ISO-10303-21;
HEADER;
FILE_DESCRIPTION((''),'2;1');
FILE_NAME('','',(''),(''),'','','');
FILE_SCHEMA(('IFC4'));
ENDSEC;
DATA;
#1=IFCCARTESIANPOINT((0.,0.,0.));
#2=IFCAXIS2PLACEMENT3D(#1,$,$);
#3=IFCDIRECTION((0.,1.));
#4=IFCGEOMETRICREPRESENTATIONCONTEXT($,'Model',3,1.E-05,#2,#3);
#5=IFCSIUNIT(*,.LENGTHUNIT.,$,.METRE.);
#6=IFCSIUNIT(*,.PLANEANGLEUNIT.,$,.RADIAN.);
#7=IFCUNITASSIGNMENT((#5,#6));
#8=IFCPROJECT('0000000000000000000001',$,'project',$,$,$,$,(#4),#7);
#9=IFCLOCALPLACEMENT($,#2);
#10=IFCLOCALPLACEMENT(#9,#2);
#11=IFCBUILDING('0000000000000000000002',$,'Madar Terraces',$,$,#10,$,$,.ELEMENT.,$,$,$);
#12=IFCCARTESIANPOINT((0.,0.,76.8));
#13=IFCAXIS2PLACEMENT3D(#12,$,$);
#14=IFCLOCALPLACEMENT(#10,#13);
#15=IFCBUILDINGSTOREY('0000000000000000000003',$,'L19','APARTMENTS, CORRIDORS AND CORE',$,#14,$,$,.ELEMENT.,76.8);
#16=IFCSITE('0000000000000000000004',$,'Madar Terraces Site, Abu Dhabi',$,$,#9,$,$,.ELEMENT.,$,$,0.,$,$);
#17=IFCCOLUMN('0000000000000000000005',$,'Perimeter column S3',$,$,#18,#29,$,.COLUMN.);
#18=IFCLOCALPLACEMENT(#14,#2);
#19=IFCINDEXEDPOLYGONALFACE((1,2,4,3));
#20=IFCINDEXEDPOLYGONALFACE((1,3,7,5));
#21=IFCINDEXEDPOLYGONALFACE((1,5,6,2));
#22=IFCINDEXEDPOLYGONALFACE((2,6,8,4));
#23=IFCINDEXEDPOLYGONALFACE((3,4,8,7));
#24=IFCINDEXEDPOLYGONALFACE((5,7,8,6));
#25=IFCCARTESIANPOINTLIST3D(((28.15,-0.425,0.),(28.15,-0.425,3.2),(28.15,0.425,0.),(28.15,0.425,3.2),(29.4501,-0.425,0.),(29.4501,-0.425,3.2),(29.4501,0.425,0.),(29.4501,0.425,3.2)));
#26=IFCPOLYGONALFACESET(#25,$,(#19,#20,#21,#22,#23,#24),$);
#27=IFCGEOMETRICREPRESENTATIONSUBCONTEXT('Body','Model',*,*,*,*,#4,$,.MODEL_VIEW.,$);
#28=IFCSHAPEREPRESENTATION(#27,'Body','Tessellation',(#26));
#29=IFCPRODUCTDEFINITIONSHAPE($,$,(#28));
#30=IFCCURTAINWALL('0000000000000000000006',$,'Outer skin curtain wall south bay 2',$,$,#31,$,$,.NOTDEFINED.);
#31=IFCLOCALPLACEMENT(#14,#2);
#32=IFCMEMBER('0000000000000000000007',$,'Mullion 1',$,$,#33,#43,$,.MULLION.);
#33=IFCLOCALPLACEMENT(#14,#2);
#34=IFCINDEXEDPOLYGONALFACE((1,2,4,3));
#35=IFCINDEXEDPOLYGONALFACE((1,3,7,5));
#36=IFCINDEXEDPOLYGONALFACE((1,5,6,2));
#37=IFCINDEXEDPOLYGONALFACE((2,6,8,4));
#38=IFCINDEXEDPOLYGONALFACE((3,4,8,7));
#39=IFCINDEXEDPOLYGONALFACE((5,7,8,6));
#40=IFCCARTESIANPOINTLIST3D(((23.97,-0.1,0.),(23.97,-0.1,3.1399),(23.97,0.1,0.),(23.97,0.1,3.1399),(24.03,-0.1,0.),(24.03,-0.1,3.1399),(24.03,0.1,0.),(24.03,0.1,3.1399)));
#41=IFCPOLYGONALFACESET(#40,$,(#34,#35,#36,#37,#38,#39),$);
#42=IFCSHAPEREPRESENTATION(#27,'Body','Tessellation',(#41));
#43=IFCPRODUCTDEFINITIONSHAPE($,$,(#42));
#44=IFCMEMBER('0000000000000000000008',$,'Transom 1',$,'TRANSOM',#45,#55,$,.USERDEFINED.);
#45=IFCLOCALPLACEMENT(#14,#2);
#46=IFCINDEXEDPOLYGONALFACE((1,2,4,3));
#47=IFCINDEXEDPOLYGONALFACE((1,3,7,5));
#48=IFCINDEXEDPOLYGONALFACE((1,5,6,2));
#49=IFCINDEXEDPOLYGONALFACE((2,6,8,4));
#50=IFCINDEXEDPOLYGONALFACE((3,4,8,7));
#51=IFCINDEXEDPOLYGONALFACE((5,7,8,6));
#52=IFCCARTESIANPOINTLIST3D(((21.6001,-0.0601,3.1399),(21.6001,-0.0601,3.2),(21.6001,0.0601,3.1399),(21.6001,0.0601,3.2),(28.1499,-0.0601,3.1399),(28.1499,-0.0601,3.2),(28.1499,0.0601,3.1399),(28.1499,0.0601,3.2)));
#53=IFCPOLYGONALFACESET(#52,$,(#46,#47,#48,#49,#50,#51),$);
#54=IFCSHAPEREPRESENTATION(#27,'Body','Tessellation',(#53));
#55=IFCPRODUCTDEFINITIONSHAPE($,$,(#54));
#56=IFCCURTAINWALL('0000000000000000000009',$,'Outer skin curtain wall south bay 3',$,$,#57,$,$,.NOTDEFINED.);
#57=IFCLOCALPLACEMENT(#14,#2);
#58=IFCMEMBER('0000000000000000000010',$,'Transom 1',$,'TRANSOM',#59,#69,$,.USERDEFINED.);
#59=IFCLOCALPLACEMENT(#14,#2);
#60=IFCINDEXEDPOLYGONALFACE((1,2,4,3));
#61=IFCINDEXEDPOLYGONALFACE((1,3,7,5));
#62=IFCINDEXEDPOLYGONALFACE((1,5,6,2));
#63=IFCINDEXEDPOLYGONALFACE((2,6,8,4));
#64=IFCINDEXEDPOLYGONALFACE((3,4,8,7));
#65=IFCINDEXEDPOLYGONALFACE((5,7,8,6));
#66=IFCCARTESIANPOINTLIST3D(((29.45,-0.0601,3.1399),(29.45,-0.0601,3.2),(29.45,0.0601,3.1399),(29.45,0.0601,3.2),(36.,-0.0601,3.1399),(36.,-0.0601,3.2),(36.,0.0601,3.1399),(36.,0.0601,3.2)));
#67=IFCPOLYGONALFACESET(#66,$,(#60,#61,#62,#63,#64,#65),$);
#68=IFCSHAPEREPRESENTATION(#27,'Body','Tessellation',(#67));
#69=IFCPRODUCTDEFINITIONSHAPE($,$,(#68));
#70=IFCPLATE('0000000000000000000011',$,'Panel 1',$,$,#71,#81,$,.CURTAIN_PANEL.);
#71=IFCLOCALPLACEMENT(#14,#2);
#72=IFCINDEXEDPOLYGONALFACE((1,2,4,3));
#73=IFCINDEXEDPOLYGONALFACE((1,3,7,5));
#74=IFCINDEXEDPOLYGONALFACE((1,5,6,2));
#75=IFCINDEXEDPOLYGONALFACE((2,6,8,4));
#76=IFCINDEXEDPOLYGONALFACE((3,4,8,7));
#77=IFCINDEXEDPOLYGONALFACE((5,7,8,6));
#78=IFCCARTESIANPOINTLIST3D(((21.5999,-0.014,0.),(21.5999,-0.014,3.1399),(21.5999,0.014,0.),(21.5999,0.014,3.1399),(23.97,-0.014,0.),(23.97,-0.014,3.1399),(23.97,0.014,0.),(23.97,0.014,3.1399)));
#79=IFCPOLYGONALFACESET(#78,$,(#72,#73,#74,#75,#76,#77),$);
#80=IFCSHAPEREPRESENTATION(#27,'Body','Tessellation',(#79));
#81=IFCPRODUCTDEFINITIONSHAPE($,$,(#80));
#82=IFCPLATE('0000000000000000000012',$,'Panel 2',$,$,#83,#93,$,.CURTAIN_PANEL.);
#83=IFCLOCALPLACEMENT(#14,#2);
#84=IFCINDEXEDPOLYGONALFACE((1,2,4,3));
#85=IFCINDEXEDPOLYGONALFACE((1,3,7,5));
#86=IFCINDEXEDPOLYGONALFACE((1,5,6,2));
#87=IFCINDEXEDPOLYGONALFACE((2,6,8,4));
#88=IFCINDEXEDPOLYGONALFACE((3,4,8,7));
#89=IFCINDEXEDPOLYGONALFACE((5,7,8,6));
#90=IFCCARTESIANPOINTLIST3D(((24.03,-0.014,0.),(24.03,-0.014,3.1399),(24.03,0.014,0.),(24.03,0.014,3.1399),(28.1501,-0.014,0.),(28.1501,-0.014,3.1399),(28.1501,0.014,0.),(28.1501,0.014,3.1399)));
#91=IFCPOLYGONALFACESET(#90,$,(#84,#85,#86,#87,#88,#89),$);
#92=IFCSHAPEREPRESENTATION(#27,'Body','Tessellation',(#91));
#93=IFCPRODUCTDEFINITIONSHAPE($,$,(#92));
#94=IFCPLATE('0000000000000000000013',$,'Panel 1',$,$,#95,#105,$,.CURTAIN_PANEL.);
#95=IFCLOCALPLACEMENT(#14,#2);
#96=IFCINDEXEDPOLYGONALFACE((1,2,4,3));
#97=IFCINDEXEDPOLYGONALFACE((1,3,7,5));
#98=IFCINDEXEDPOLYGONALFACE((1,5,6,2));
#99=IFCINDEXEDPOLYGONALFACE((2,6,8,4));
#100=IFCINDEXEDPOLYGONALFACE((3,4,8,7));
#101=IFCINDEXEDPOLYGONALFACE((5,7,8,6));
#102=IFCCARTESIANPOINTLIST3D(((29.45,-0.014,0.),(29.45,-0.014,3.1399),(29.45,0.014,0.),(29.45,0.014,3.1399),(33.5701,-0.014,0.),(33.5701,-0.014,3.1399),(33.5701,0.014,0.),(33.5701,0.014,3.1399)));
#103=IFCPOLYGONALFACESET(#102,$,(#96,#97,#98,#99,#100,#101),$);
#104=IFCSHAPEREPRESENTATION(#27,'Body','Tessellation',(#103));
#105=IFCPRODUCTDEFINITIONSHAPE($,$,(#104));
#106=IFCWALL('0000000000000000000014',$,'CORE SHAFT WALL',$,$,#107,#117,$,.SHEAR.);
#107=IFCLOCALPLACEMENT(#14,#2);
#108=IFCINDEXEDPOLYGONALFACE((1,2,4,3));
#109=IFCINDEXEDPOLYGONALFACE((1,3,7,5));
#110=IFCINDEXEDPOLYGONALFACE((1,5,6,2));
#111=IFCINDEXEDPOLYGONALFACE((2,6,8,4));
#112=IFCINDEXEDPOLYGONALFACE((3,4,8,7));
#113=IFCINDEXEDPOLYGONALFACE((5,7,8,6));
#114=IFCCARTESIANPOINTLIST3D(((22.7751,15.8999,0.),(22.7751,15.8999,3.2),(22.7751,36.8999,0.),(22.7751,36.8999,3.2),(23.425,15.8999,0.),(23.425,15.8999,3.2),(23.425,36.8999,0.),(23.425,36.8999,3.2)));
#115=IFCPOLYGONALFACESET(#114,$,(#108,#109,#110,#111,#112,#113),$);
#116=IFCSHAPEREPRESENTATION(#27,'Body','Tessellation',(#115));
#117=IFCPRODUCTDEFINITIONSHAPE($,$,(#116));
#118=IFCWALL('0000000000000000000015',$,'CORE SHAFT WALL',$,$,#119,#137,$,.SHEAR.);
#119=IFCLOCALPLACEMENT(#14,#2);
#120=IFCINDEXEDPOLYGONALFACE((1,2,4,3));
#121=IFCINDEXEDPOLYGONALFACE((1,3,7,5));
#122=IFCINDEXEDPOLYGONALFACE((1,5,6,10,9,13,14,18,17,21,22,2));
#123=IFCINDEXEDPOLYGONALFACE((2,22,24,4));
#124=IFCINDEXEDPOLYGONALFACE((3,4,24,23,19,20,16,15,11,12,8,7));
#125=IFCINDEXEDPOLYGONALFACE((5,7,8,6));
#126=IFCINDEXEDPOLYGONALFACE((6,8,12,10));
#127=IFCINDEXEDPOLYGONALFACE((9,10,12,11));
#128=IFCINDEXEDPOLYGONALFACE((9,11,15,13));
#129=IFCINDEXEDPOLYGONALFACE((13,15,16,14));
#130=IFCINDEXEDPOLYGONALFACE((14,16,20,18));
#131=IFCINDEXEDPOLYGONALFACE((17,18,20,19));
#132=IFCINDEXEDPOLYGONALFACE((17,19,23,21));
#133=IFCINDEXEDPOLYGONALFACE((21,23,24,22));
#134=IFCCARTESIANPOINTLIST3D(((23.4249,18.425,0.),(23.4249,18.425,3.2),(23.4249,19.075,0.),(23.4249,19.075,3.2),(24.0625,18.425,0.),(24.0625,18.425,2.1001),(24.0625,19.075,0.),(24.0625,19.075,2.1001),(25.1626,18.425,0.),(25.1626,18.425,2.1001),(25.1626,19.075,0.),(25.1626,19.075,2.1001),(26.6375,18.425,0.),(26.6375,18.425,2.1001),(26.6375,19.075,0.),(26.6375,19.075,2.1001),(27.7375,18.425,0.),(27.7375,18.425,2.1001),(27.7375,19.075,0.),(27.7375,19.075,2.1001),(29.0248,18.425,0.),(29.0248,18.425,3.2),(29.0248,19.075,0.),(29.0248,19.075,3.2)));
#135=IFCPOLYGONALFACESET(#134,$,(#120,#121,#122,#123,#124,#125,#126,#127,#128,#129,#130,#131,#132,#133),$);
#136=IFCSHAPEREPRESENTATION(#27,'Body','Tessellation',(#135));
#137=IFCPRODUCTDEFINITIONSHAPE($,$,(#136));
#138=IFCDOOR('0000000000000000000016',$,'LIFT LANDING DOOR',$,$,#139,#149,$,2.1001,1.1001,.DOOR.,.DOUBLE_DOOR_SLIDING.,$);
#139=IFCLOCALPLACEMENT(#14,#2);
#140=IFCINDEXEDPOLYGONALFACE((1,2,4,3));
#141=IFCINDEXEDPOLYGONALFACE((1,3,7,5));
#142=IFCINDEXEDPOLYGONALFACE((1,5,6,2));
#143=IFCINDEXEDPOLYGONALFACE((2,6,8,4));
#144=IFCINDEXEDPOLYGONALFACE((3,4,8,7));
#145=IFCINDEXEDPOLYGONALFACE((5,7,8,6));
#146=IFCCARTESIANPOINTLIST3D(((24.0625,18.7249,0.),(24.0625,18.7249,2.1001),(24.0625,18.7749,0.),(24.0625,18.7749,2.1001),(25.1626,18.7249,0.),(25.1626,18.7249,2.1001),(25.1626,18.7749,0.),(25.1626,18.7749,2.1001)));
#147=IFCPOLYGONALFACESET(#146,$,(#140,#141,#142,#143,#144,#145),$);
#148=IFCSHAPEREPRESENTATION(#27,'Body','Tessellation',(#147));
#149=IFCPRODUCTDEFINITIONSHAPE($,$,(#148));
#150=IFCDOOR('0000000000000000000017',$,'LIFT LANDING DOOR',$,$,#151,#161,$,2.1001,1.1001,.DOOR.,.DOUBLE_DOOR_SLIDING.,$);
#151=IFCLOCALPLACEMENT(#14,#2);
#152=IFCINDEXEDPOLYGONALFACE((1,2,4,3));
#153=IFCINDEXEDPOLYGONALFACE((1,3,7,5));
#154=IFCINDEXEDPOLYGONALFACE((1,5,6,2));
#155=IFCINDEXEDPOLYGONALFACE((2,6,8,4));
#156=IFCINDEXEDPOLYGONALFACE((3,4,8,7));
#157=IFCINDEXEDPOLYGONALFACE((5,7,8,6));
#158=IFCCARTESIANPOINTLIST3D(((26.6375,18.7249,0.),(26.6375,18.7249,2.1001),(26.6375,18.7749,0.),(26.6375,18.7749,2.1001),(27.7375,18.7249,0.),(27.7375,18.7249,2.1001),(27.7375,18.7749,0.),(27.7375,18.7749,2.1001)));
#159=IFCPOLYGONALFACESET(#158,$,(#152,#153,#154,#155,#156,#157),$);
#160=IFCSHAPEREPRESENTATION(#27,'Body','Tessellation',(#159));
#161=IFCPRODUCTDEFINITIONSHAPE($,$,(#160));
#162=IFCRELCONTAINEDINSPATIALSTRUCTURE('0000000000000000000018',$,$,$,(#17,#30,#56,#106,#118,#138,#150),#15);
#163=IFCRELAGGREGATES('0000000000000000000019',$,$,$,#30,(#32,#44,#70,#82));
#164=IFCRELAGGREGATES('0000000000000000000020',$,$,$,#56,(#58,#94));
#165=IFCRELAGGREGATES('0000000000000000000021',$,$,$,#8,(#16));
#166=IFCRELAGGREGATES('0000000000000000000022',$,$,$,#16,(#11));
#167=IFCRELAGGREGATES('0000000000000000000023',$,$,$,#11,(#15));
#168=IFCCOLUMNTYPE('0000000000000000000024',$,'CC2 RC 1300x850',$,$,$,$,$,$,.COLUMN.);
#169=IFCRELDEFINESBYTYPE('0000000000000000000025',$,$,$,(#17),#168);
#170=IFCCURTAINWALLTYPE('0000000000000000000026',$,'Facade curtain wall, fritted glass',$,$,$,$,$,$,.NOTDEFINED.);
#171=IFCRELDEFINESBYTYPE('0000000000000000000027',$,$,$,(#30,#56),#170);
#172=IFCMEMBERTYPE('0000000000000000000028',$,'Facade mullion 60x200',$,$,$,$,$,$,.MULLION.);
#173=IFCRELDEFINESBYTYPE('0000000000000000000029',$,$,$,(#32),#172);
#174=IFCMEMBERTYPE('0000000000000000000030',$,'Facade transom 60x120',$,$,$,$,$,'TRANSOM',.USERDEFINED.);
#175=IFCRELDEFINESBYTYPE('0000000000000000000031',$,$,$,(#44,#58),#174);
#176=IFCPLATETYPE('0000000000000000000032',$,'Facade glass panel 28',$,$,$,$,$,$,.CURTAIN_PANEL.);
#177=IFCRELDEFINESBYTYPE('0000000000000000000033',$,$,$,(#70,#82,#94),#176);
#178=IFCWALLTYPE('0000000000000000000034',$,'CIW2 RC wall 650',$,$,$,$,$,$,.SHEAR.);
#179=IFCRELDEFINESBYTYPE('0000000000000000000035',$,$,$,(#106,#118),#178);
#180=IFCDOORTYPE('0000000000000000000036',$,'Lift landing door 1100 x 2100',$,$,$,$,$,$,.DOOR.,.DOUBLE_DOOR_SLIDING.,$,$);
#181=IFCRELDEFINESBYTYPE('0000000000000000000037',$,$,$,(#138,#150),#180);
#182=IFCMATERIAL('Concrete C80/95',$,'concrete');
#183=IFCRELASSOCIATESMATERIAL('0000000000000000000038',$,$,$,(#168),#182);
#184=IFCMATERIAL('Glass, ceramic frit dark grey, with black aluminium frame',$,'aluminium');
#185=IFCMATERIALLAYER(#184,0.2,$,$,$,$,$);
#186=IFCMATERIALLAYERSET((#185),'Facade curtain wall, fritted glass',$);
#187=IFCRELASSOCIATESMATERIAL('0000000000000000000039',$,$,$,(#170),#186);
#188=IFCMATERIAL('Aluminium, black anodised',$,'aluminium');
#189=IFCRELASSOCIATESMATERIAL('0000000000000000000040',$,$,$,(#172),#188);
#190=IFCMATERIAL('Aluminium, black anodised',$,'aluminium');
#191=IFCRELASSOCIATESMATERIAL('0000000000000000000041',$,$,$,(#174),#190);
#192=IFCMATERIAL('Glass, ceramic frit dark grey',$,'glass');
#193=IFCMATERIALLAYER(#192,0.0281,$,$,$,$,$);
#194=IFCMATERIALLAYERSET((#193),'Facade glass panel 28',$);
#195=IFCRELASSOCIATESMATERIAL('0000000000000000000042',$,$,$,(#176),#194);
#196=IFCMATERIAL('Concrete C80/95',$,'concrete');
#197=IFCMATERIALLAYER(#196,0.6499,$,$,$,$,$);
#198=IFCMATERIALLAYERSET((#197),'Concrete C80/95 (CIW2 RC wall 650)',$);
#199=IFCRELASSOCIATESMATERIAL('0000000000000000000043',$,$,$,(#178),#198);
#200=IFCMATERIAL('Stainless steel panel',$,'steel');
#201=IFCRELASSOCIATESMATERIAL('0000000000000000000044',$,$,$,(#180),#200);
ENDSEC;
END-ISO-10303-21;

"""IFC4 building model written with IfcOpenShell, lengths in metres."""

from ifc_helpers import new_model, si_unit, direction, frame, frame_2d, origin, origin_2d, place, context, subcontext, project, spatial, rectangle, extrude, material, layer, layer_set, material_profile, profile_set, type_object, element, fill, aggregate, save


model = new_model("IFC4")

# Units and contexts
model_context = context("Model", 3, precision=1e-05, world=origin(), true_north=direction((0.0, 1.0)))
body_context = subcontext(model_context, "Body", "Model", "MODEL_VIEW")
ifc_project = project(units=[si_unit("LENGTHUNIT", "METRE"), si_unit("PLANEANGLEUNIT", "RADIAN")], contexts=[model_context])

# Site, building, storey
site_placement = place(None, origin())
site = spatial("IfcSite", under=ifc_project, at=site_placement, Name="Madar Terraces Site, Abu Dhabi", CompositionType="ELEMENT", RefElevation=0.0)
building_placement = place(site_placement, origin())
building = spatial("IfcBuilding", under=site, at=building_placement, Name="Madar Terraces", CompositionType="ELEMENT")
storey_placement = place(building_placement, frame((0.0, 0.0, 76.8)))
storey = spatial("IfcBuildingStorey", under=building, at=storey_placement, Name="L19", Description="APARTMENTS, CORRIDORS AND CORE", CompositionType="ELEMENT", Elevation=76.8)

# Column
ifc_material_1 = material(Name="Concrete C80/95", Category="concrete")
ifc_material_profile_1 = material_profile(ifc_material_1, rectangle(XDim=1.3, YDim=0.8501, at=origin_2d()), Name="CC2 RC 1300x850")
ifc_profile_set_1 = profile_set([ifc_material_profile_1], Name="Concrete C80/95")
column_type = type_object("IfcColumnType", Name="CC2 RC 1300x850", PredefinedType="COLUMN", material=ifc_profile_set_1)
column_placement = place(storey_placement, frame((28.8, 0.0, 0.0), z_axis=(0.0, 0.0, 1.0), x_axis=(1.0, 0.0, 0.0)))
element("IfcColumn", 1, at=column_placement, inside=storey, type_object=column_type, Name="Perimeter column S3", PredefinedType="COLUMN", context=body_context, shape_type="SweptSolid", body=[
    extrude(rectangle(XDim=1.3, YDim=0.8501, at=origin_2d()), origin(), (0.0, 0.0, 1.0), 3.2),
])

# Curtain wall, members
ifc_material_2 = material(Name="Glass, ceramic frit dark grey, with black aluminium frame", Category="aluminium")
ifc_layer_1 = layer(ifc_material_2, 0.2)
ifc_layer_set_1 = layer_set([ifc_layer_1], Name="Facade curtain wall, fritted glass")
curtain_wall_type = type_object("IfcCurtainWallType", Name="Facade curtain wall, fritted glass", PredefinedType="NOTDEFINED", material=ifc_layer_set_1)
curtain_wall_1_placement = place(storey_placement, origin())
curtain_wall_1 = element("IfcCurtainWall", 2, at=curtain_wall_1_placement, inside=storey, type_object=curtain_wall_type, Name="Outer skin curtain wall south bay 2", PredefinedType="NOTDEFINED")
ifc_material_3 = material(Name="Aluminium, black anodised", Category="aluminium")
ifc_material_profile_2 = material_profile(ifc_material_3, rectangle(XDim=0.2, YDim=0.0601, at=origin_2d()), Name="Facade mullion 60x200")
ifc_profile_set_2 = profile_set([ifc_material_profile_2], Name="Aluminium, black anodised")
member_type_1 = type_object("IfcMemberType", Name="Facade mullion 60x200", PredefinedType="MULLION", material=ifc_profile_set_2)
member_1_placement = place(storey_placement, frame((24.0, 0.0, 0.0), z_axis=(0.0, 0.0, 1.0), x_axis=(0.0, 1.0, 0.0)))
member_1 = element("IfcMember", 3, at=member_1_placement, type_object=member_type_1, Name="Mullion 1", PredefinedType="MULLION", context=body_context, shape_type="SweptSolid", body=[
    extrude(rectangle(XDim=0.2, YDim=0.0601, at=origin_2d()), origin(), (0.0, 0.0, 1.0), 3.1399),
])
ifc_material_4 = material(Name="Aluminium, black anodised", Category="aluminium")
ifc_material_profile_3 = material_profile(ifc_material_4, rectangle(XDim=0.1201, YDim=0.0601, at=origin_2d()), Name="Facade transom 60x120")
ifc_profile_set_3 = profile_set([ifc_material_profile_3], Name="Aluminium, black anodised")
member_type_2 = type_object("IfcMemberType", Name="Facade transom 60x120", ElementType="TRANSOM", PredefinedType="USERDEFINED", material=ifc_profile_set_3)
member_2_placement = place(storey_placement, frame((21.6001, 0.0, 3.1699), z_axis=(1.0, 0.0, 0.0), x_axis=(0.0, 1.0, 0.0)))
member_2 = element("IfcMember", 4, at=member_2_placement, type_object=member_type_2, Name="Transom 1", ObjectType="TRANSOM", PredefinedType="USERDEFINED", context=body_context, shape_type="SweptSolid", body=[
    extrude(rectangle(XDim=0.1201, YDim=0.0601, at=origin_2d()), origin(), (0.0, 0.0, 1.0), 6.5498),
])

# Curtain wall, member
curtain_wall_2_placement = place(storey_placement, origin())
curtain_wall_2 = element("IfcCurtainWall", 5, at=curtain_wall_2_placement, inside=storey, type_object=curtain_wall_type, Name="Outer skin curtain wall south bay 3", PredefinedType="NOTDEFINED")
member_3_placement = place(storey_placement, frame((29.45, 0.0, 3.1699), z_axis=(1.0, 0.0, 0.0), x_axis=(0.0, 1.0, 0.0)))
member_3 = element("IfcMember", 6, at=member_3_placement, type_object=member_type_2, Name="Transom 1", ObjectType="TRANSOM", PredefinedType="USERDEFINED", context=body_context, shape_type="SweptSolid", body=[
    extrude(rectangle(XDim=0.1201, YDim=0.0601, at=origin_2d()), origin(), (0.0, 0.0, 1.0), 6.55),
])

# Plates
ifc_material_5 = material(Name="Glass, ceramic frit dark grey", Category="glass")
ifc_layer_2 = layer(ifc_material_5, 0.0281)
ifc_layer_set_2 = layer_set([ifc_layer_2], Name="Facade glass panel 28")
plate_type = type_object("IfcPlateType", Name="Facade glass panel 28", PredefinedType="CURTAIN_PANEL", material=ifc_layer_set_2)
plate_1_placement = place(storey_placement, frame((22.7849, 0.0, 0.0), z_axis=(0.0, 0.0, 1.0), x_axis=(1.0, 0.0, 0.0)))
plate_1 = element("IfcPlate", 7, at=plate_1_placement, type_object=plate_type, Name="Panel 1", PredefinedType="CURTAIN_PANEL", context=body_context, shape_type="SweptSolid", body=[
    extrude(rectangle(XDim=2.3701, YDim=0.0281, at=origin_2d()), origin(), (0.0, 0.0, 1.0), 3.1399),
])
plate_2_placement = place(storey_placement, frame((26.0901, 0.0, 0.0), z_axis=(0.0, 0.0, 1.0), x_axis=(1.0, 0.0, 0.0)))
plate_2 = element("IfcPlate", 8, at=plate_2_placement, type_object=plate_type, Name="Panel 2", PredefinedType="CURTAIN_PANEL", context=body_context, shape_type="SweptSolid", body=[
    extrude(rectangle(XDim=4.1201, YDim=0.0281, at=origin_2d()), origin(), (0.0, 0.0, 1.0), 3.1399),
])
aggregate(curtain_wall_1, [member_1, member_2, plate_1, plate_2])
plate_3_placement = place(storey_placement, frame((31.51, 0.0, 0.0), z_axis=(0.0, 0.0, 1.0), x_axis=(1.0, 0.0, 0.0)))
plate_3 = element("IfcPlate", 9, at=plate_3_placement, type_object=plate_type, Name="Panel 1", PredefinedType="CURTAIN_PANEL", context=body_context, shape_type="SweptSolid", body=[
    extrude(rectangle(XDim=4.1201, YDim=0.0281, at=origin_2d()), origin(), (0.0, 0.0, 1.0), 3.1399),
])
aggregate(curtain_wall_2, [member_3, plate_3])

# Wall
ifc_material_6 = material(Name="Concrete C80/95", Category="concrete")
ifc_layer_3 = layer(ifc_material_6, 0.6499)
ifc_layer_set_3 = layer_set([ifc_layer_3], Name="Concrete C80/95 (CIW2 RC wall 650)")
wall_type_1 = type_object("IfcWallType", Name="CIW2 RC wall 650", PredefinedType="SHEAR", material=ifc_layer_set_3)
wall_1_placement = place(storey_placement, frame((23.1001, 15.8999, 0.0), z_axis=(0.0, 0.0, 1.0), x_axis=(0.0, 1.0, 0.0)))
element("IfcWall", 10, at=wall_1_placement, inside=storey, type_object=wall_type_1, Name="CORE SHAFT WALL", PredefinedType="SHEAR", context=body_context, shape_type="SweptSolid", body=[
    extrude(rectangle(XDim=21.0, YDim=0.6499, at=frame_2d((10.5, 0.0))), origin(), (0.0, 0.0, 1.0), 3.2),
])

# Wall, openings, doors
wall_2_placement = place(storey_placement, frame((23.425, 18.75, 0.0), z_axis=(0.0, 0.0, 1.0), x_axis=(1.0, 0.0, 0.0)))
wall_2 = element("IfcWall", 11, at=wall_2_placement, inside=storey, type_object=wall_type_1, Name="CORE SHAFT WALL", PredefinedType="SHEAR", context=body_context, shape_type="SweptSolid", body=[
    extrude(rectangle(XDim=5.5999, YDim=0.6499, at=frame_2d((2.7998, 0.0))), origin(), (0.0, 0.0, 1.0), 3.2),
])
opening_1_placement = place(wall_2_placement, frame((0.6375, 0.0, 0.0)))
opening_1 = element("IfcOpeningElement", 12, at=opening_1_placement, cuts=wall_2, PredefinedType="OPENING", context=body_context, shape_type="SweptSolid", body=[
    extrude(rectangle(XDim=1.1001, YDim=2.1001, at=frame_2d((0.55, 1.05))), frame((0.0, 0.335, 0.0), z_axis=(0.0, -1.0, 0.0), x_axis=(1.0, 0.0, 0.0)), (0.0, 0.0, 1.0), 0.6699),
])
opening_2_placement = place(wall_2_placement, frame((3.2124, 0.0, 0.0)))
opening_2 = element("IfcOpeningElement", 13, at=opening_2_placement, cuts=wall_2, PredefinedType="OPENING", context=body_context, shape_type="SweptSolid", body=[
    extrude(rectangle(XDim=1.1001, YDim=2.1001, at=frame_2d((0.55, 1.05))), frame((0.0, 0.335, 0.0), z_axis=(0.0, -1.0, 0.0), x_axis=(1.0, 0.0, 0.0)), (0.0, 0.0, 1.0), 0.6699),
])
ifc_material_7 = material(Name="Stainless steel panel", Category="steel")
door_type_1 = type_object("IfcDoorType", Name="Lift landing door 1100 x 2100", OperationType="DOUBLE_DOOR_SLIDING", PredefinedType="DOOR", material=ifc_material_7)
door_1_placement = place(opening_1_placement, origin())
door_1 = element("IfcDoor", 14, at=door_1_placement, inside=storey, type_object=door_type_1, Name="LIFT LANDING DOOR", OperationType="DOUBLE_DOOR_SLIDING", OverallHeight=2.1001, OverallWidth=1.1001, PredefinedType="DOOR", context=body_context, shape_type="SweptSolid", body=[
    extrude(rectangle(XDim=1.1001, YDim=2.1001, at=frame_2d((0.55, 1.05))), frame((0.0, 0.0249, 0.0), z_axis=(0.0, -1.0, 0.0), x_axis=(1.0, 0.0, 0.0)), (0.0, 0.0, 1.0), 0.05),
])
fill(opening_1, door_1)
door_2_placement = place(opening_2_placement, origin())
door_2 = element("IfcDoor", 15, at=door_2_placement, inside=storey, type_object=door_type_1, Name="LIFT LANDING DOOR", OperationType="DOUBLE_DOOR_SLIDING", OverallHeight=2.1001, OverallWidth=1.1001, PredefinedType="DOOR", context=body_context, shape_type="SweptSolid", body=[
    extrude(rectangle(XDim=1.1001, YDim=2.1001, at=frame_2d((0.55, 1.05))), frame((0.0, 0.0249, 0.0), z_axis=(0.0, -1.0, 0.0), x_axis=(1.0, 0.0, 0.0)), (0.0, 0.0, 1.0), 0.05),
])
fill(opening_2, door_2)

save(model, "model.ifc")
